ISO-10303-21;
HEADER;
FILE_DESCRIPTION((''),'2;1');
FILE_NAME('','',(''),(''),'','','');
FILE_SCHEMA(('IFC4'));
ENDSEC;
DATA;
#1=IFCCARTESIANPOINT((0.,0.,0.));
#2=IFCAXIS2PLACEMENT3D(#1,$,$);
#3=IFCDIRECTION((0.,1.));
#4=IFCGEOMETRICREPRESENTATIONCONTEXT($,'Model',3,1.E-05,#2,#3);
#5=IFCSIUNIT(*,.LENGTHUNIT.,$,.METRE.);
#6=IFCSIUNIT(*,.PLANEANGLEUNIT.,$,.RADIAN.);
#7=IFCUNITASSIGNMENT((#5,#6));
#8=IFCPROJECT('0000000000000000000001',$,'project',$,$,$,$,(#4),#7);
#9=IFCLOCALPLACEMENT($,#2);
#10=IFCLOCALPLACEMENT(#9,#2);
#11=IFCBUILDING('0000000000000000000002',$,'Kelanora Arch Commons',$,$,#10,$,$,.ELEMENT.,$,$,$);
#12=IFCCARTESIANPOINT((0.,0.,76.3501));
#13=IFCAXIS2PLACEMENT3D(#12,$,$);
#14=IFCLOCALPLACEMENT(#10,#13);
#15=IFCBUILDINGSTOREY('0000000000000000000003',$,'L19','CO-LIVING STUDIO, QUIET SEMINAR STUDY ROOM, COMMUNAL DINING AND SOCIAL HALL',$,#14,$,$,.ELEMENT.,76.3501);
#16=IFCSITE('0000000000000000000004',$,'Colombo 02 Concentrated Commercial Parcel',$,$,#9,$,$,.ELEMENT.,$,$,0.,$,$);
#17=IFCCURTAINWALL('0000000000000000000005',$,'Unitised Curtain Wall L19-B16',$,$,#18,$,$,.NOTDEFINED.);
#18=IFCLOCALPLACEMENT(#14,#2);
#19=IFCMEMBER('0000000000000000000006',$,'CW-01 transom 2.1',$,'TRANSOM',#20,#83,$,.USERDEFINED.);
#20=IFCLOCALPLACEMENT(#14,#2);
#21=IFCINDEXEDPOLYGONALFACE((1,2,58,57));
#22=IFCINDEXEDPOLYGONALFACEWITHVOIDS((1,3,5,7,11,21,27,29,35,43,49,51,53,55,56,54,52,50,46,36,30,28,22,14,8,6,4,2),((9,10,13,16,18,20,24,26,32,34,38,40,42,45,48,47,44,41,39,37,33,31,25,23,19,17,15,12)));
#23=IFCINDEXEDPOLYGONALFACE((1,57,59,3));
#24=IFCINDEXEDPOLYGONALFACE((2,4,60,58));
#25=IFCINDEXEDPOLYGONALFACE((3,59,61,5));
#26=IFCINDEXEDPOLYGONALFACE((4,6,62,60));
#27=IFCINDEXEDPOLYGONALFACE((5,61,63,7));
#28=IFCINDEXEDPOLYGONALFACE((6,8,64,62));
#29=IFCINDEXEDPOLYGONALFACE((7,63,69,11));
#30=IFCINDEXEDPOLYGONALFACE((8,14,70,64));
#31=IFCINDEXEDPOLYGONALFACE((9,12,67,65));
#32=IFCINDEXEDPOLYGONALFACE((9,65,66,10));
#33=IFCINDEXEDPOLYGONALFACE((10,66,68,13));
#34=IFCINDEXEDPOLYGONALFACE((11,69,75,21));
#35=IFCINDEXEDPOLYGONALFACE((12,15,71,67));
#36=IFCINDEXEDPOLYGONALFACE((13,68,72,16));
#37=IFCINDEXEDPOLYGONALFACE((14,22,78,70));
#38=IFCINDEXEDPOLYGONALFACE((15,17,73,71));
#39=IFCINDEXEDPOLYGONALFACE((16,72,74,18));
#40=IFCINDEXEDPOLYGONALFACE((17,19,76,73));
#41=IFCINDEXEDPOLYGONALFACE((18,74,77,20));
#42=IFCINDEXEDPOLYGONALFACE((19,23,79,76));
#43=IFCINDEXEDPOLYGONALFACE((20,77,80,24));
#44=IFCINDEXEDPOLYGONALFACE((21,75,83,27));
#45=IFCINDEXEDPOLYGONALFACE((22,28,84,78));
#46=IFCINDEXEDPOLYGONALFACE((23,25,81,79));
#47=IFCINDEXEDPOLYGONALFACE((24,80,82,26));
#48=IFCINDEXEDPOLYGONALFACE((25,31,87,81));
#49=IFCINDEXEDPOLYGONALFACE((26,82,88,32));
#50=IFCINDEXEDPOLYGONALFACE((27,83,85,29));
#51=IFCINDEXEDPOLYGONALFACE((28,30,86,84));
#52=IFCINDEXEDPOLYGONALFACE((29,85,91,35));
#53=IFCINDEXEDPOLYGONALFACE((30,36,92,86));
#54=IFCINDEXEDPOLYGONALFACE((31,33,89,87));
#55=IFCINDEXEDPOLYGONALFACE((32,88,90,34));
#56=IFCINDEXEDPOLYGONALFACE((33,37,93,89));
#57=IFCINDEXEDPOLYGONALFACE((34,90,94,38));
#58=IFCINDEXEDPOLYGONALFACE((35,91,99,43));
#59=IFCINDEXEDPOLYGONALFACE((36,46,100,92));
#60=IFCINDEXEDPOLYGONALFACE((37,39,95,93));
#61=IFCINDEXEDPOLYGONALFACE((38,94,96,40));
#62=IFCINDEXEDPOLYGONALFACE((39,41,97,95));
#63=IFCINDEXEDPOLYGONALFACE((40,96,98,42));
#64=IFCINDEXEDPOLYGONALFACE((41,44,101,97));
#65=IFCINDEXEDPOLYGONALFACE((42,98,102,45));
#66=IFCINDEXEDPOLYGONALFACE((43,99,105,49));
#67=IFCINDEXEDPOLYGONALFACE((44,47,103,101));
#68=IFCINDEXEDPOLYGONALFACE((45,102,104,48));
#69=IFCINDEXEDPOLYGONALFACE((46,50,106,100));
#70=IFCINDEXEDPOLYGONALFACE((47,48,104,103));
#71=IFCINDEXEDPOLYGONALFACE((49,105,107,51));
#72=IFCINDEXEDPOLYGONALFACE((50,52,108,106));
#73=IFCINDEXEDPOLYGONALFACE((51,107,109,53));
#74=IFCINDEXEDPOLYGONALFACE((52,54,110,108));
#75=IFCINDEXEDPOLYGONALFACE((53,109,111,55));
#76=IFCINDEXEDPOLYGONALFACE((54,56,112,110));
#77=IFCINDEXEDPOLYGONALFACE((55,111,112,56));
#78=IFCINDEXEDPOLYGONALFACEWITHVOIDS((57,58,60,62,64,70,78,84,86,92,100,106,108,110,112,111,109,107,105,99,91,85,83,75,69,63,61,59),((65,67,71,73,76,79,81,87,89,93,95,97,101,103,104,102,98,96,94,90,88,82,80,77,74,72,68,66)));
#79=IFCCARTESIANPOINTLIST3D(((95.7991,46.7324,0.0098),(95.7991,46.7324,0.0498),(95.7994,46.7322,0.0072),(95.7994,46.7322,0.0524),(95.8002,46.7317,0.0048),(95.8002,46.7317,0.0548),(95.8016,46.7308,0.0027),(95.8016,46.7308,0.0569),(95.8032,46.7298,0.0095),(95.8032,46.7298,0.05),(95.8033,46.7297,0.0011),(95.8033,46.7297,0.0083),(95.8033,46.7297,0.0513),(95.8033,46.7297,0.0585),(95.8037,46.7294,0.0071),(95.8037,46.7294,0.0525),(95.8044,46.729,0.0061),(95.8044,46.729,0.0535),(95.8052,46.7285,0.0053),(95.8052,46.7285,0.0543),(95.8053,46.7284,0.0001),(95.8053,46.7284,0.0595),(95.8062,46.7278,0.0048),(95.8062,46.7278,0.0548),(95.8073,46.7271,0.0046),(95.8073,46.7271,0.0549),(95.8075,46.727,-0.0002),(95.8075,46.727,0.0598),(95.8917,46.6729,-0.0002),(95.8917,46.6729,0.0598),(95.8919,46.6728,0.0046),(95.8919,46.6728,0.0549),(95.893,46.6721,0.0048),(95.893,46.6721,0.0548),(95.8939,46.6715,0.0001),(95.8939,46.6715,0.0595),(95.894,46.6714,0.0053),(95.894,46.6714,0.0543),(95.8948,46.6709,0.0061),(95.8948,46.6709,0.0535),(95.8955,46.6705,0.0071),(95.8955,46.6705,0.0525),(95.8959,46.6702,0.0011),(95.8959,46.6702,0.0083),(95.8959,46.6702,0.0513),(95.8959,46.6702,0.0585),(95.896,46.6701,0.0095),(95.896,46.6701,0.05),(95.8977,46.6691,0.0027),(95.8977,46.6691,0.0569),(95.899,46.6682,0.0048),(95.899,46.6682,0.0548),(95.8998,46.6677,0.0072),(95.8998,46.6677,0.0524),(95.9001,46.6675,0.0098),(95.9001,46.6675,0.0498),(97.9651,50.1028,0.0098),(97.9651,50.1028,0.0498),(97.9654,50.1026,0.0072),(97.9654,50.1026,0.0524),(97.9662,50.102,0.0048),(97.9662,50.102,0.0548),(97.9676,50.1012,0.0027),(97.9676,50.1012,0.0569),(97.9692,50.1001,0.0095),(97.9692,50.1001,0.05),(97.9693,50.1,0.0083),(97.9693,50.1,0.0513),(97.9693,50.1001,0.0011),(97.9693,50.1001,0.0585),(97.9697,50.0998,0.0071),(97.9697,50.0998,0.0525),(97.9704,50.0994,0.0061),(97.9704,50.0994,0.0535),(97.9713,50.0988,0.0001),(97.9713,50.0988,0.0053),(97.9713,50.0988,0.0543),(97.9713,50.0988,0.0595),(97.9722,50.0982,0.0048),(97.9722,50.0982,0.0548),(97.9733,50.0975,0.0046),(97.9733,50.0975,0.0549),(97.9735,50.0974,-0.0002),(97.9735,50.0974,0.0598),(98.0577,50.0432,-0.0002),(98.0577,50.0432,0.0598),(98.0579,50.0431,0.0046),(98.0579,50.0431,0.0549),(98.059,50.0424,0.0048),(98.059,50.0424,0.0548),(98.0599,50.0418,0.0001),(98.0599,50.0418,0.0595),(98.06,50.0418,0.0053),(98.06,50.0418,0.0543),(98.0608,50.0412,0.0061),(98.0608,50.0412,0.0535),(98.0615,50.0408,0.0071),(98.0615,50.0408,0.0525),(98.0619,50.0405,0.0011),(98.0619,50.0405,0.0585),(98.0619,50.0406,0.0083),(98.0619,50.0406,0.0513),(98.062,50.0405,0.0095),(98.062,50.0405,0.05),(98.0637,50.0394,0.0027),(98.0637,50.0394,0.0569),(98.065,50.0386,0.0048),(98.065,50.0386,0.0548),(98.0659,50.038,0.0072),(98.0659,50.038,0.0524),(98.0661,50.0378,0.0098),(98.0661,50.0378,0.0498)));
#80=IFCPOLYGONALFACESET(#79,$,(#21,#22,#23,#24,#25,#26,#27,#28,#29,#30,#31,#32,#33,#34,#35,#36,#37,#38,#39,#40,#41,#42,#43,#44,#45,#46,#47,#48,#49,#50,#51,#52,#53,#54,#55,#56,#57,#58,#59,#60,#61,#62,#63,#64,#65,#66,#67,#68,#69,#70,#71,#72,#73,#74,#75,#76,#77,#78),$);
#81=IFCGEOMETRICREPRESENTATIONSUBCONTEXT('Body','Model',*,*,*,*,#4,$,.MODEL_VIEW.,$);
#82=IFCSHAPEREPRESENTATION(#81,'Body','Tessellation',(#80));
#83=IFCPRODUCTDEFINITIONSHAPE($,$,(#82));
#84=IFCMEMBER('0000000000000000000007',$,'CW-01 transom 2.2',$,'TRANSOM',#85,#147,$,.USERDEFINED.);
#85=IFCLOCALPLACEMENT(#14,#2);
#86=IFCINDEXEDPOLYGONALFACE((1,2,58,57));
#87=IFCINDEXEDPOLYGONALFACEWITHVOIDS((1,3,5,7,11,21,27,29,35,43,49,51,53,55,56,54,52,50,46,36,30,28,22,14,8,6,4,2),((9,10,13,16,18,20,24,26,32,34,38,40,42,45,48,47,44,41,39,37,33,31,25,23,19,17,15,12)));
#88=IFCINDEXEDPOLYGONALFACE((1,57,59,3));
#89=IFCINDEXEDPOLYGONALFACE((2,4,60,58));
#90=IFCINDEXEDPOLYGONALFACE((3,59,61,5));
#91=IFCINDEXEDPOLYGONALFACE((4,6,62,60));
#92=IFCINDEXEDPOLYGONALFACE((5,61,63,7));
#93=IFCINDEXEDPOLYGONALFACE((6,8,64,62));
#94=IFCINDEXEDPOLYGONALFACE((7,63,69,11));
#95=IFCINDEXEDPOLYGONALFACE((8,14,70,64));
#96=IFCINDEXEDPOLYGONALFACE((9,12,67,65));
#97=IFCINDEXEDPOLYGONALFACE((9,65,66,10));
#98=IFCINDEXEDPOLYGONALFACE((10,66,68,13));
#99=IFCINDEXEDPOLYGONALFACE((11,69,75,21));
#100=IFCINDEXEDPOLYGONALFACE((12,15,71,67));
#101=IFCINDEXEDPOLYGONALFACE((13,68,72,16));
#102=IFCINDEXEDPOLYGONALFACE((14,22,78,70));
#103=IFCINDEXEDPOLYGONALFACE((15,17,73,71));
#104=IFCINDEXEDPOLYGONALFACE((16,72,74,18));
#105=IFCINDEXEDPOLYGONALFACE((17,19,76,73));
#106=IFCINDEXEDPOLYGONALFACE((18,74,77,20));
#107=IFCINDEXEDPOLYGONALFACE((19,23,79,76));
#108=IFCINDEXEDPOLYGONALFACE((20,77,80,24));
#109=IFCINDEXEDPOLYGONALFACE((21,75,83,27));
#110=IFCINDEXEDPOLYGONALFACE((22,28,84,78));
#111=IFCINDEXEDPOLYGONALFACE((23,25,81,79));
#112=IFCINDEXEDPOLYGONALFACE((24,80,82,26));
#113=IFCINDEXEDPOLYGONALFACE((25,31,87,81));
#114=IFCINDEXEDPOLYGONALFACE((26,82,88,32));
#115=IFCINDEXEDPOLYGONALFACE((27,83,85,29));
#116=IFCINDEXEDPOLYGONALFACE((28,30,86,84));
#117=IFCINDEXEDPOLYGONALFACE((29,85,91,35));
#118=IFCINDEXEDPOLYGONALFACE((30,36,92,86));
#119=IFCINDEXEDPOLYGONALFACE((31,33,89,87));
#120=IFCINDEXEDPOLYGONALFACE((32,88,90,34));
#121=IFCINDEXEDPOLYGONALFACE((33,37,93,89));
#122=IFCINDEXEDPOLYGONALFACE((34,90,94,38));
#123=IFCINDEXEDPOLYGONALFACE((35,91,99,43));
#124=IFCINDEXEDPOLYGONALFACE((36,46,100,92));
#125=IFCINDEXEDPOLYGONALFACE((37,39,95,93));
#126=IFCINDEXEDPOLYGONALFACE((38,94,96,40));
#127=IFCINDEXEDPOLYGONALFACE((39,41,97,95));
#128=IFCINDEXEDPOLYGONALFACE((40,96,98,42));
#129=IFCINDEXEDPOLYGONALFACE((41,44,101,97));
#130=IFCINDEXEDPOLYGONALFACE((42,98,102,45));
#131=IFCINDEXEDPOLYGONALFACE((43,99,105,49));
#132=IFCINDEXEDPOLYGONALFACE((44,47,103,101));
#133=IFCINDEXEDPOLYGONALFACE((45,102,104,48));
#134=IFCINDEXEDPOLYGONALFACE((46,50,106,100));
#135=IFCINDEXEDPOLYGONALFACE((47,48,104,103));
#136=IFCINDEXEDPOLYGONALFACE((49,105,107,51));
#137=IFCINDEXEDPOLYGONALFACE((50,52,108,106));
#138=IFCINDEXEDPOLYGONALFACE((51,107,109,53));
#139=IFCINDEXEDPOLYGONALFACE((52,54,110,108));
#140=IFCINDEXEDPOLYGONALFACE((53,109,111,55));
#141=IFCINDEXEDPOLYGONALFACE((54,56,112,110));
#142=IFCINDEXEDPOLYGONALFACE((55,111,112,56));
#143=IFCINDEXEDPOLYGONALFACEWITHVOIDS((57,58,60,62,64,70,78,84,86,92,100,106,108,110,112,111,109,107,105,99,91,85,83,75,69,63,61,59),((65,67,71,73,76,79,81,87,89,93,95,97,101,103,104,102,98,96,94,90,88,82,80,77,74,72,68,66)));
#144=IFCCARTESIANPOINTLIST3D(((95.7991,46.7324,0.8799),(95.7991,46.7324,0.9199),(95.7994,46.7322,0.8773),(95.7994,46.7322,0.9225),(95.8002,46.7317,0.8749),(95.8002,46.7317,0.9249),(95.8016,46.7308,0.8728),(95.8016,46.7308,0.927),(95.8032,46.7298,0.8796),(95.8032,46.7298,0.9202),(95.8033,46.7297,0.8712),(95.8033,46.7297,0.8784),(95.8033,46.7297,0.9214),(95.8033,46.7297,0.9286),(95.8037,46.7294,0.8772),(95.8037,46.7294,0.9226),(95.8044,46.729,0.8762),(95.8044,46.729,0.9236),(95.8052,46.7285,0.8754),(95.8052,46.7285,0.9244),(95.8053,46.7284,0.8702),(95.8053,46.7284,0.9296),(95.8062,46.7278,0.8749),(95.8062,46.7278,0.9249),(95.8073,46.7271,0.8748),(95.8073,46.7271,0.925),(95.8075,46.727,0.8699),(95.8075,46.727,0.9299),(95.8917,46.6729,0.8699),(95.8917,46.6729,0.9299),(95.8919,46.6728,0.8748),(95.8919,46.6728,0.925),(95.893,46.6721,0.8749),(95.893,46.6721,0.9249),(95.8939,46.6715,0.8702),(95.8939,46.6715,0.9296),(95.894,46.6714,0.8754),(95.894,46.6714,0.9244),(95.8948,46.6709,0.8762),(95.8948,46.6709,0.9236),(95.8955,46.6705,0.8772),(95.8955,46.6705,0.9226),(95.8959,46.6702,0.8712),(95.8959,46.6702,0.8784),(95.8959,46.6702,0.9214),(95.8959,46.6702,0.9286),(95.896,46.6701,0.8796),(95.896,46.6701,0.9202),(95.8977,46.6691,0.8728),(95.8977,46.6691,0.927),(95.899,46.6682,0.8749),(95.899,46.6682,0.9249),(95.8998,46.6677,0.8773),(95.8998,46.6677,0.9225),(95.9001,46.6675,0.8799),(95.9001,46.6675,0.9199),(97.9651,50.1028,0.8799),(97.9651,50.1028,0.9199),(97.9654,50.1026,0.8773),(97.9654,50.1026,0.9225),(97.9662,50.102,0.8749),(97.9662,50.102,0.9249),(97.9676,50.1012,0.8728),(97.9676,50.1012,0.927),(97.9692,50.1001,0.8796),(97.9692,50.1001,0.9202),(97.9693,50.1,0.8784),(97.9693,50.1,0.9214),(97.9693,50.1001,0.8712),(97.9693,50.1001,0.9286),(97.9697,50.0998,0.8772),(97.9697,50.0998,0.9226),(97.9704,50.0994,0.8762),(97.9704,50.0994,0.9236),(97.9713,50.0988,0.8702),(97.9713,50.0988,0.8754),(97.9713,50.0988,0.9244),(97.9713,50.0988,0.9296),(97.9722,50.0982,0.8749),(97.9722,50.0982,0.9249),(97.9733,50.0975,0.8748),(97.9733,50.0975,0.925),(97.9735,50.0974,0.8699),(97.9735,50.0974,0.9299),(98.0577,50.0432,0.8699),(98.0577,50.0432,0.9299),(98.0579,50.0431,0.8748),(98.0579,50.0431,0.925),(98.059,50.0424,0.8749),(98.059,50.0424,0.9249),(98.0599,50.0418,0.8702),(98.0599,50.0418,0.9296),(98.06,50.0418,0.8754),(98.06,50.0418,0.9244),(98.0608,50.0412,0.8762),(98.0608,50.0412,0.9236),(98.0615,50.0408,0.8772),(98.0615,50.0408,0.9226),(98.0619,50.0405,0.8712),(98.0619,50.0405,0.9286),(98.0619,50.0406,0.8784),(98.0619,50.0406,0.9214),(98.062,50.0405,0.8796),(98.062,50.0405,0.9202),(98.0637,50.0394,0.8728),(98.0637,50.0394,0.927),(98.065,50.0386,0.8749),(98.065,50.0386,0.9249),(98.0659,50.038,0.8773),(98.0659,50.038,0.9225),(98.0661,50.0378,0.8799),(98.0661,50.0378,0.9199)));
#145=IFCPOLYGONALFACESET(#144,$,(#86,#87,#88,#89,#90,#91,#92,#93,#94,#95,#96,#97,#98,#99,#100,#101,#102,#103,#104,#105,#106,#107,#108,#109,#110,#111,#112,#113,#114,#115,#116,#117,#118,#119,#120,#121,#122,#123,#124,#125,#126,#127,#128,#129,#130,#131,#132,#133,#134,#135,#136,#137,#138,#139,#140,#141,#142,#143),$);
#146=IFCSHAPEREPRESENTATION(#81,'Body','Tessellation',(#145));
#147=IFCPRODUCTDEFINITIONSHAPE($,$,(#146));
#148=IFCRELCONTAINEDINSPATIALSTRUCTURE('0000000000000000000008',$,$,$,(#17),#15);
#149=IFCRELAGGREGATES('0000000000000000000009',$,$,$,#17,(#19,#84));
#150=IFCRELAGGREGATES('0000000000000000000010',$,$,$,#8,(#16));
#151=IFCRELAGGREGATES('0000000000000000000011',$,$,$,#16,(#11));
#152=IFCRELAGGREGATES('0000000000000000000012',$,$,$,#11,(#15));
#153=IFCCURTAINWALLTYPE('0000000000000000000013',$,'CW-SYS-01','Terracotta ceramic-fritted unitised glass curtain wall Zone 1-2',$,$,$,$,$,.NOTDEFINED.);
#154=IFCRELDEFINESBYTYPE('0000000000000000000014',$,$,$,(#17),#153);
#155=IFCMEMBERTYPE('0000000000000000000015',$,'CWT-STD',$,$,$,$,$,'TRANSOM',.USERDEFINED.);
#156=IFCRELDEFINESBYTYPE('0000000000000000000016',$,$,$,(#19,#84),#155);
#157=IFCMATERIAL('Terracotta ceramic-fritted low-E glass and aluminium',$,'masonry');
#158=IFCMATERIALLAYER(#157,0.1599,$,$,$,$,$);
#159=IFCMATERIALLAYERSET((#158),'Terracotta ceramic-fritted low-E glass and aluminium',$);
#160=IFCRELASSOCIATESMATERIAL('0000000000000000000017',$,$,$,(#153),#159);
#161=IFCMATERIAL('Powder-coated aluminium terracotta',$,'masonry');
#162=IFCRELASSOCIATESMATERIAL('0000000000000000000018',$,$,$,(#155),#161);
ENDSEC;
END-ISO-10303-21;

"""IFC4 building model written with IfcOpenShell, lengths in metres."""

from ifc_helpers import new_model, si_unit, direction, frame, origin, origin_2d, place, context, subcontext, project, spatial, hollow_rectangle, extrude, material, layer, layer_set, material_profile, profile_set, type_object, element, aggregate, save


model = new_model("IFC4")

# Units and contexts
model_context = context("Model", 3, precision=1e-05, world=origin(), true_north=direction((0.0, 1.0)))
body_context = subcontext(model_context, "Body", "Model", "MODEL_VIEW")
ifc_project = project(units=[si_unit("LENGTHUNIT", "METRE"), si_unit("PLANEANGLEUNIT", "RADIAN")], contexts=[model_context])

# Site, building, storey
site_placement = place(None, origin())
site = spatial("IfcSite", under=ifc_project, at=site_placement, Name="Colombo 02 Concentrated Commercial Parcel", CompositionType="ELEMENT", RefElevation=0.0)
building_placement = place(site_placement, origin())
building = spatial("IfcBuilding", under=site, at=building_placement, Name="Kelanora Arch Commons", CompositionType="ELEMENT")
storey_placement = place(building_placement, frame((0.0, 0.0, 76.3501)))
storey = spatial("IfcBuildingStorey", under=building, at=storey_placement, Name="L19", Description="CO-LIVING STUDIO, QUIET SEMINAR STUDY ROOM, COMMUNAL DINING AND SOCIAL HALL", CompositionType="ELEMENT", Elevation=76.3501)

# Shared definitions
ifc_material_1 = material(Name="Terracotta ceramic-fritted low-E glass and aluminium", Category="masonry")
ifc_layer_1 = layer(ifc_material_1, 0.1599)
ifc_layer_set_1 = layer_set([ifc_layer_1], Name="Terracotta ceramic-fritted low-E glass and aluminium")
curtain_wall_type = type_object("IfcCurtainWallType", Name="CW-SYS-01", Description="Terracotta ceramic-fritted unitised glass curtain wall Zone 1-2", PredefinedType="NOTDEFINED", material=ifc_layer_set_1)
ifc_material_2 = material(Name="Powder-coated aluminium terracotta", Category="masonry")

# Curtain wall, members
curtain_wall_1_placement = place(storey_placement, origin())
curtain_wall_1 = element("IfcCurtainWall", 1, at=curtain_wall_1_placement, inside=storey, type_object=curtain_wall_type, Name="Unitised Curtain Wall L19-B16", PredefinedType="NOTDEFINED")
ifc_material_profile_1 = material_profile(ifc_material_2, hollow_rectangle(XDim=0.1201, YDim=0.0601, WallThickness=0.0049, InnerFilletRadius=0.0049, OuterFilletRadius=0.01, at=origin_2d()), Name="CWT120x60")
ifc_profile_set_1 = profile_set([ifc_material_profile_1], Name="Powder-coated aluminium terracotta")
member_type_1 = type_object("IfcMemberType", Name="CWT-STD", ElementType="TRANSOM", PredefinedType="USERDEFINED", material=ifc_profile_set_1)
member_1_placement = place(storey_placement, frame((95.8496, 46.7, 0.0298), z_axis=(0.540644, 0.841252, 0.0), x_axis=(-0.841252, 0.540644, 0.0)))
member_1 = element("IfcMember", 2, at=member_1_placement, type_object=member_type_1, Name="CW-01 transom 2.1", ObjectType="TRANSOM", PredefinedType="USERDEFINED", context=body_context, shape_type="SweptSolid", body=[
    extrude(hollow_rectangle(XDim=0.1201, YDim=0.0601, WallThickness=0.0049, InnerFilletRadius=0.0049, OuterFilletRadius=0.01, at=origin_2d()), origin(), (0.0, 0.0, 1.0), 4.0063),
])
member_2_placement = place(storey_placement, frame((95.8496, 46.7, 0.8999), z_axis=(0.540644, 0.841252, 0.0), x_axis=(-0.841252, 0.540644, 0.0)))
member_2 = element("IfcMember", 3, at=member_2_placement, type_object=member_type_1, Name="CW-01 transom 2.2", ObjectType="TRANSOM", PredefinedType="USERDEFINED", context=body_context, shape_type="SweptSolid", body=[
    extrude(hollow_rectangle(XDim=0.1201, YDim=0.0601, WallThickness=0.0049, InnerFilletRadius=0.0049, OuterFilletRadius=0.01, at=origin_2d()), origin(), (0.0, 0.0, 1.0), 4.0063),
])
aggregate(curtain_wall_1, [member_1, member_2])

save(model, "model.ifc")
